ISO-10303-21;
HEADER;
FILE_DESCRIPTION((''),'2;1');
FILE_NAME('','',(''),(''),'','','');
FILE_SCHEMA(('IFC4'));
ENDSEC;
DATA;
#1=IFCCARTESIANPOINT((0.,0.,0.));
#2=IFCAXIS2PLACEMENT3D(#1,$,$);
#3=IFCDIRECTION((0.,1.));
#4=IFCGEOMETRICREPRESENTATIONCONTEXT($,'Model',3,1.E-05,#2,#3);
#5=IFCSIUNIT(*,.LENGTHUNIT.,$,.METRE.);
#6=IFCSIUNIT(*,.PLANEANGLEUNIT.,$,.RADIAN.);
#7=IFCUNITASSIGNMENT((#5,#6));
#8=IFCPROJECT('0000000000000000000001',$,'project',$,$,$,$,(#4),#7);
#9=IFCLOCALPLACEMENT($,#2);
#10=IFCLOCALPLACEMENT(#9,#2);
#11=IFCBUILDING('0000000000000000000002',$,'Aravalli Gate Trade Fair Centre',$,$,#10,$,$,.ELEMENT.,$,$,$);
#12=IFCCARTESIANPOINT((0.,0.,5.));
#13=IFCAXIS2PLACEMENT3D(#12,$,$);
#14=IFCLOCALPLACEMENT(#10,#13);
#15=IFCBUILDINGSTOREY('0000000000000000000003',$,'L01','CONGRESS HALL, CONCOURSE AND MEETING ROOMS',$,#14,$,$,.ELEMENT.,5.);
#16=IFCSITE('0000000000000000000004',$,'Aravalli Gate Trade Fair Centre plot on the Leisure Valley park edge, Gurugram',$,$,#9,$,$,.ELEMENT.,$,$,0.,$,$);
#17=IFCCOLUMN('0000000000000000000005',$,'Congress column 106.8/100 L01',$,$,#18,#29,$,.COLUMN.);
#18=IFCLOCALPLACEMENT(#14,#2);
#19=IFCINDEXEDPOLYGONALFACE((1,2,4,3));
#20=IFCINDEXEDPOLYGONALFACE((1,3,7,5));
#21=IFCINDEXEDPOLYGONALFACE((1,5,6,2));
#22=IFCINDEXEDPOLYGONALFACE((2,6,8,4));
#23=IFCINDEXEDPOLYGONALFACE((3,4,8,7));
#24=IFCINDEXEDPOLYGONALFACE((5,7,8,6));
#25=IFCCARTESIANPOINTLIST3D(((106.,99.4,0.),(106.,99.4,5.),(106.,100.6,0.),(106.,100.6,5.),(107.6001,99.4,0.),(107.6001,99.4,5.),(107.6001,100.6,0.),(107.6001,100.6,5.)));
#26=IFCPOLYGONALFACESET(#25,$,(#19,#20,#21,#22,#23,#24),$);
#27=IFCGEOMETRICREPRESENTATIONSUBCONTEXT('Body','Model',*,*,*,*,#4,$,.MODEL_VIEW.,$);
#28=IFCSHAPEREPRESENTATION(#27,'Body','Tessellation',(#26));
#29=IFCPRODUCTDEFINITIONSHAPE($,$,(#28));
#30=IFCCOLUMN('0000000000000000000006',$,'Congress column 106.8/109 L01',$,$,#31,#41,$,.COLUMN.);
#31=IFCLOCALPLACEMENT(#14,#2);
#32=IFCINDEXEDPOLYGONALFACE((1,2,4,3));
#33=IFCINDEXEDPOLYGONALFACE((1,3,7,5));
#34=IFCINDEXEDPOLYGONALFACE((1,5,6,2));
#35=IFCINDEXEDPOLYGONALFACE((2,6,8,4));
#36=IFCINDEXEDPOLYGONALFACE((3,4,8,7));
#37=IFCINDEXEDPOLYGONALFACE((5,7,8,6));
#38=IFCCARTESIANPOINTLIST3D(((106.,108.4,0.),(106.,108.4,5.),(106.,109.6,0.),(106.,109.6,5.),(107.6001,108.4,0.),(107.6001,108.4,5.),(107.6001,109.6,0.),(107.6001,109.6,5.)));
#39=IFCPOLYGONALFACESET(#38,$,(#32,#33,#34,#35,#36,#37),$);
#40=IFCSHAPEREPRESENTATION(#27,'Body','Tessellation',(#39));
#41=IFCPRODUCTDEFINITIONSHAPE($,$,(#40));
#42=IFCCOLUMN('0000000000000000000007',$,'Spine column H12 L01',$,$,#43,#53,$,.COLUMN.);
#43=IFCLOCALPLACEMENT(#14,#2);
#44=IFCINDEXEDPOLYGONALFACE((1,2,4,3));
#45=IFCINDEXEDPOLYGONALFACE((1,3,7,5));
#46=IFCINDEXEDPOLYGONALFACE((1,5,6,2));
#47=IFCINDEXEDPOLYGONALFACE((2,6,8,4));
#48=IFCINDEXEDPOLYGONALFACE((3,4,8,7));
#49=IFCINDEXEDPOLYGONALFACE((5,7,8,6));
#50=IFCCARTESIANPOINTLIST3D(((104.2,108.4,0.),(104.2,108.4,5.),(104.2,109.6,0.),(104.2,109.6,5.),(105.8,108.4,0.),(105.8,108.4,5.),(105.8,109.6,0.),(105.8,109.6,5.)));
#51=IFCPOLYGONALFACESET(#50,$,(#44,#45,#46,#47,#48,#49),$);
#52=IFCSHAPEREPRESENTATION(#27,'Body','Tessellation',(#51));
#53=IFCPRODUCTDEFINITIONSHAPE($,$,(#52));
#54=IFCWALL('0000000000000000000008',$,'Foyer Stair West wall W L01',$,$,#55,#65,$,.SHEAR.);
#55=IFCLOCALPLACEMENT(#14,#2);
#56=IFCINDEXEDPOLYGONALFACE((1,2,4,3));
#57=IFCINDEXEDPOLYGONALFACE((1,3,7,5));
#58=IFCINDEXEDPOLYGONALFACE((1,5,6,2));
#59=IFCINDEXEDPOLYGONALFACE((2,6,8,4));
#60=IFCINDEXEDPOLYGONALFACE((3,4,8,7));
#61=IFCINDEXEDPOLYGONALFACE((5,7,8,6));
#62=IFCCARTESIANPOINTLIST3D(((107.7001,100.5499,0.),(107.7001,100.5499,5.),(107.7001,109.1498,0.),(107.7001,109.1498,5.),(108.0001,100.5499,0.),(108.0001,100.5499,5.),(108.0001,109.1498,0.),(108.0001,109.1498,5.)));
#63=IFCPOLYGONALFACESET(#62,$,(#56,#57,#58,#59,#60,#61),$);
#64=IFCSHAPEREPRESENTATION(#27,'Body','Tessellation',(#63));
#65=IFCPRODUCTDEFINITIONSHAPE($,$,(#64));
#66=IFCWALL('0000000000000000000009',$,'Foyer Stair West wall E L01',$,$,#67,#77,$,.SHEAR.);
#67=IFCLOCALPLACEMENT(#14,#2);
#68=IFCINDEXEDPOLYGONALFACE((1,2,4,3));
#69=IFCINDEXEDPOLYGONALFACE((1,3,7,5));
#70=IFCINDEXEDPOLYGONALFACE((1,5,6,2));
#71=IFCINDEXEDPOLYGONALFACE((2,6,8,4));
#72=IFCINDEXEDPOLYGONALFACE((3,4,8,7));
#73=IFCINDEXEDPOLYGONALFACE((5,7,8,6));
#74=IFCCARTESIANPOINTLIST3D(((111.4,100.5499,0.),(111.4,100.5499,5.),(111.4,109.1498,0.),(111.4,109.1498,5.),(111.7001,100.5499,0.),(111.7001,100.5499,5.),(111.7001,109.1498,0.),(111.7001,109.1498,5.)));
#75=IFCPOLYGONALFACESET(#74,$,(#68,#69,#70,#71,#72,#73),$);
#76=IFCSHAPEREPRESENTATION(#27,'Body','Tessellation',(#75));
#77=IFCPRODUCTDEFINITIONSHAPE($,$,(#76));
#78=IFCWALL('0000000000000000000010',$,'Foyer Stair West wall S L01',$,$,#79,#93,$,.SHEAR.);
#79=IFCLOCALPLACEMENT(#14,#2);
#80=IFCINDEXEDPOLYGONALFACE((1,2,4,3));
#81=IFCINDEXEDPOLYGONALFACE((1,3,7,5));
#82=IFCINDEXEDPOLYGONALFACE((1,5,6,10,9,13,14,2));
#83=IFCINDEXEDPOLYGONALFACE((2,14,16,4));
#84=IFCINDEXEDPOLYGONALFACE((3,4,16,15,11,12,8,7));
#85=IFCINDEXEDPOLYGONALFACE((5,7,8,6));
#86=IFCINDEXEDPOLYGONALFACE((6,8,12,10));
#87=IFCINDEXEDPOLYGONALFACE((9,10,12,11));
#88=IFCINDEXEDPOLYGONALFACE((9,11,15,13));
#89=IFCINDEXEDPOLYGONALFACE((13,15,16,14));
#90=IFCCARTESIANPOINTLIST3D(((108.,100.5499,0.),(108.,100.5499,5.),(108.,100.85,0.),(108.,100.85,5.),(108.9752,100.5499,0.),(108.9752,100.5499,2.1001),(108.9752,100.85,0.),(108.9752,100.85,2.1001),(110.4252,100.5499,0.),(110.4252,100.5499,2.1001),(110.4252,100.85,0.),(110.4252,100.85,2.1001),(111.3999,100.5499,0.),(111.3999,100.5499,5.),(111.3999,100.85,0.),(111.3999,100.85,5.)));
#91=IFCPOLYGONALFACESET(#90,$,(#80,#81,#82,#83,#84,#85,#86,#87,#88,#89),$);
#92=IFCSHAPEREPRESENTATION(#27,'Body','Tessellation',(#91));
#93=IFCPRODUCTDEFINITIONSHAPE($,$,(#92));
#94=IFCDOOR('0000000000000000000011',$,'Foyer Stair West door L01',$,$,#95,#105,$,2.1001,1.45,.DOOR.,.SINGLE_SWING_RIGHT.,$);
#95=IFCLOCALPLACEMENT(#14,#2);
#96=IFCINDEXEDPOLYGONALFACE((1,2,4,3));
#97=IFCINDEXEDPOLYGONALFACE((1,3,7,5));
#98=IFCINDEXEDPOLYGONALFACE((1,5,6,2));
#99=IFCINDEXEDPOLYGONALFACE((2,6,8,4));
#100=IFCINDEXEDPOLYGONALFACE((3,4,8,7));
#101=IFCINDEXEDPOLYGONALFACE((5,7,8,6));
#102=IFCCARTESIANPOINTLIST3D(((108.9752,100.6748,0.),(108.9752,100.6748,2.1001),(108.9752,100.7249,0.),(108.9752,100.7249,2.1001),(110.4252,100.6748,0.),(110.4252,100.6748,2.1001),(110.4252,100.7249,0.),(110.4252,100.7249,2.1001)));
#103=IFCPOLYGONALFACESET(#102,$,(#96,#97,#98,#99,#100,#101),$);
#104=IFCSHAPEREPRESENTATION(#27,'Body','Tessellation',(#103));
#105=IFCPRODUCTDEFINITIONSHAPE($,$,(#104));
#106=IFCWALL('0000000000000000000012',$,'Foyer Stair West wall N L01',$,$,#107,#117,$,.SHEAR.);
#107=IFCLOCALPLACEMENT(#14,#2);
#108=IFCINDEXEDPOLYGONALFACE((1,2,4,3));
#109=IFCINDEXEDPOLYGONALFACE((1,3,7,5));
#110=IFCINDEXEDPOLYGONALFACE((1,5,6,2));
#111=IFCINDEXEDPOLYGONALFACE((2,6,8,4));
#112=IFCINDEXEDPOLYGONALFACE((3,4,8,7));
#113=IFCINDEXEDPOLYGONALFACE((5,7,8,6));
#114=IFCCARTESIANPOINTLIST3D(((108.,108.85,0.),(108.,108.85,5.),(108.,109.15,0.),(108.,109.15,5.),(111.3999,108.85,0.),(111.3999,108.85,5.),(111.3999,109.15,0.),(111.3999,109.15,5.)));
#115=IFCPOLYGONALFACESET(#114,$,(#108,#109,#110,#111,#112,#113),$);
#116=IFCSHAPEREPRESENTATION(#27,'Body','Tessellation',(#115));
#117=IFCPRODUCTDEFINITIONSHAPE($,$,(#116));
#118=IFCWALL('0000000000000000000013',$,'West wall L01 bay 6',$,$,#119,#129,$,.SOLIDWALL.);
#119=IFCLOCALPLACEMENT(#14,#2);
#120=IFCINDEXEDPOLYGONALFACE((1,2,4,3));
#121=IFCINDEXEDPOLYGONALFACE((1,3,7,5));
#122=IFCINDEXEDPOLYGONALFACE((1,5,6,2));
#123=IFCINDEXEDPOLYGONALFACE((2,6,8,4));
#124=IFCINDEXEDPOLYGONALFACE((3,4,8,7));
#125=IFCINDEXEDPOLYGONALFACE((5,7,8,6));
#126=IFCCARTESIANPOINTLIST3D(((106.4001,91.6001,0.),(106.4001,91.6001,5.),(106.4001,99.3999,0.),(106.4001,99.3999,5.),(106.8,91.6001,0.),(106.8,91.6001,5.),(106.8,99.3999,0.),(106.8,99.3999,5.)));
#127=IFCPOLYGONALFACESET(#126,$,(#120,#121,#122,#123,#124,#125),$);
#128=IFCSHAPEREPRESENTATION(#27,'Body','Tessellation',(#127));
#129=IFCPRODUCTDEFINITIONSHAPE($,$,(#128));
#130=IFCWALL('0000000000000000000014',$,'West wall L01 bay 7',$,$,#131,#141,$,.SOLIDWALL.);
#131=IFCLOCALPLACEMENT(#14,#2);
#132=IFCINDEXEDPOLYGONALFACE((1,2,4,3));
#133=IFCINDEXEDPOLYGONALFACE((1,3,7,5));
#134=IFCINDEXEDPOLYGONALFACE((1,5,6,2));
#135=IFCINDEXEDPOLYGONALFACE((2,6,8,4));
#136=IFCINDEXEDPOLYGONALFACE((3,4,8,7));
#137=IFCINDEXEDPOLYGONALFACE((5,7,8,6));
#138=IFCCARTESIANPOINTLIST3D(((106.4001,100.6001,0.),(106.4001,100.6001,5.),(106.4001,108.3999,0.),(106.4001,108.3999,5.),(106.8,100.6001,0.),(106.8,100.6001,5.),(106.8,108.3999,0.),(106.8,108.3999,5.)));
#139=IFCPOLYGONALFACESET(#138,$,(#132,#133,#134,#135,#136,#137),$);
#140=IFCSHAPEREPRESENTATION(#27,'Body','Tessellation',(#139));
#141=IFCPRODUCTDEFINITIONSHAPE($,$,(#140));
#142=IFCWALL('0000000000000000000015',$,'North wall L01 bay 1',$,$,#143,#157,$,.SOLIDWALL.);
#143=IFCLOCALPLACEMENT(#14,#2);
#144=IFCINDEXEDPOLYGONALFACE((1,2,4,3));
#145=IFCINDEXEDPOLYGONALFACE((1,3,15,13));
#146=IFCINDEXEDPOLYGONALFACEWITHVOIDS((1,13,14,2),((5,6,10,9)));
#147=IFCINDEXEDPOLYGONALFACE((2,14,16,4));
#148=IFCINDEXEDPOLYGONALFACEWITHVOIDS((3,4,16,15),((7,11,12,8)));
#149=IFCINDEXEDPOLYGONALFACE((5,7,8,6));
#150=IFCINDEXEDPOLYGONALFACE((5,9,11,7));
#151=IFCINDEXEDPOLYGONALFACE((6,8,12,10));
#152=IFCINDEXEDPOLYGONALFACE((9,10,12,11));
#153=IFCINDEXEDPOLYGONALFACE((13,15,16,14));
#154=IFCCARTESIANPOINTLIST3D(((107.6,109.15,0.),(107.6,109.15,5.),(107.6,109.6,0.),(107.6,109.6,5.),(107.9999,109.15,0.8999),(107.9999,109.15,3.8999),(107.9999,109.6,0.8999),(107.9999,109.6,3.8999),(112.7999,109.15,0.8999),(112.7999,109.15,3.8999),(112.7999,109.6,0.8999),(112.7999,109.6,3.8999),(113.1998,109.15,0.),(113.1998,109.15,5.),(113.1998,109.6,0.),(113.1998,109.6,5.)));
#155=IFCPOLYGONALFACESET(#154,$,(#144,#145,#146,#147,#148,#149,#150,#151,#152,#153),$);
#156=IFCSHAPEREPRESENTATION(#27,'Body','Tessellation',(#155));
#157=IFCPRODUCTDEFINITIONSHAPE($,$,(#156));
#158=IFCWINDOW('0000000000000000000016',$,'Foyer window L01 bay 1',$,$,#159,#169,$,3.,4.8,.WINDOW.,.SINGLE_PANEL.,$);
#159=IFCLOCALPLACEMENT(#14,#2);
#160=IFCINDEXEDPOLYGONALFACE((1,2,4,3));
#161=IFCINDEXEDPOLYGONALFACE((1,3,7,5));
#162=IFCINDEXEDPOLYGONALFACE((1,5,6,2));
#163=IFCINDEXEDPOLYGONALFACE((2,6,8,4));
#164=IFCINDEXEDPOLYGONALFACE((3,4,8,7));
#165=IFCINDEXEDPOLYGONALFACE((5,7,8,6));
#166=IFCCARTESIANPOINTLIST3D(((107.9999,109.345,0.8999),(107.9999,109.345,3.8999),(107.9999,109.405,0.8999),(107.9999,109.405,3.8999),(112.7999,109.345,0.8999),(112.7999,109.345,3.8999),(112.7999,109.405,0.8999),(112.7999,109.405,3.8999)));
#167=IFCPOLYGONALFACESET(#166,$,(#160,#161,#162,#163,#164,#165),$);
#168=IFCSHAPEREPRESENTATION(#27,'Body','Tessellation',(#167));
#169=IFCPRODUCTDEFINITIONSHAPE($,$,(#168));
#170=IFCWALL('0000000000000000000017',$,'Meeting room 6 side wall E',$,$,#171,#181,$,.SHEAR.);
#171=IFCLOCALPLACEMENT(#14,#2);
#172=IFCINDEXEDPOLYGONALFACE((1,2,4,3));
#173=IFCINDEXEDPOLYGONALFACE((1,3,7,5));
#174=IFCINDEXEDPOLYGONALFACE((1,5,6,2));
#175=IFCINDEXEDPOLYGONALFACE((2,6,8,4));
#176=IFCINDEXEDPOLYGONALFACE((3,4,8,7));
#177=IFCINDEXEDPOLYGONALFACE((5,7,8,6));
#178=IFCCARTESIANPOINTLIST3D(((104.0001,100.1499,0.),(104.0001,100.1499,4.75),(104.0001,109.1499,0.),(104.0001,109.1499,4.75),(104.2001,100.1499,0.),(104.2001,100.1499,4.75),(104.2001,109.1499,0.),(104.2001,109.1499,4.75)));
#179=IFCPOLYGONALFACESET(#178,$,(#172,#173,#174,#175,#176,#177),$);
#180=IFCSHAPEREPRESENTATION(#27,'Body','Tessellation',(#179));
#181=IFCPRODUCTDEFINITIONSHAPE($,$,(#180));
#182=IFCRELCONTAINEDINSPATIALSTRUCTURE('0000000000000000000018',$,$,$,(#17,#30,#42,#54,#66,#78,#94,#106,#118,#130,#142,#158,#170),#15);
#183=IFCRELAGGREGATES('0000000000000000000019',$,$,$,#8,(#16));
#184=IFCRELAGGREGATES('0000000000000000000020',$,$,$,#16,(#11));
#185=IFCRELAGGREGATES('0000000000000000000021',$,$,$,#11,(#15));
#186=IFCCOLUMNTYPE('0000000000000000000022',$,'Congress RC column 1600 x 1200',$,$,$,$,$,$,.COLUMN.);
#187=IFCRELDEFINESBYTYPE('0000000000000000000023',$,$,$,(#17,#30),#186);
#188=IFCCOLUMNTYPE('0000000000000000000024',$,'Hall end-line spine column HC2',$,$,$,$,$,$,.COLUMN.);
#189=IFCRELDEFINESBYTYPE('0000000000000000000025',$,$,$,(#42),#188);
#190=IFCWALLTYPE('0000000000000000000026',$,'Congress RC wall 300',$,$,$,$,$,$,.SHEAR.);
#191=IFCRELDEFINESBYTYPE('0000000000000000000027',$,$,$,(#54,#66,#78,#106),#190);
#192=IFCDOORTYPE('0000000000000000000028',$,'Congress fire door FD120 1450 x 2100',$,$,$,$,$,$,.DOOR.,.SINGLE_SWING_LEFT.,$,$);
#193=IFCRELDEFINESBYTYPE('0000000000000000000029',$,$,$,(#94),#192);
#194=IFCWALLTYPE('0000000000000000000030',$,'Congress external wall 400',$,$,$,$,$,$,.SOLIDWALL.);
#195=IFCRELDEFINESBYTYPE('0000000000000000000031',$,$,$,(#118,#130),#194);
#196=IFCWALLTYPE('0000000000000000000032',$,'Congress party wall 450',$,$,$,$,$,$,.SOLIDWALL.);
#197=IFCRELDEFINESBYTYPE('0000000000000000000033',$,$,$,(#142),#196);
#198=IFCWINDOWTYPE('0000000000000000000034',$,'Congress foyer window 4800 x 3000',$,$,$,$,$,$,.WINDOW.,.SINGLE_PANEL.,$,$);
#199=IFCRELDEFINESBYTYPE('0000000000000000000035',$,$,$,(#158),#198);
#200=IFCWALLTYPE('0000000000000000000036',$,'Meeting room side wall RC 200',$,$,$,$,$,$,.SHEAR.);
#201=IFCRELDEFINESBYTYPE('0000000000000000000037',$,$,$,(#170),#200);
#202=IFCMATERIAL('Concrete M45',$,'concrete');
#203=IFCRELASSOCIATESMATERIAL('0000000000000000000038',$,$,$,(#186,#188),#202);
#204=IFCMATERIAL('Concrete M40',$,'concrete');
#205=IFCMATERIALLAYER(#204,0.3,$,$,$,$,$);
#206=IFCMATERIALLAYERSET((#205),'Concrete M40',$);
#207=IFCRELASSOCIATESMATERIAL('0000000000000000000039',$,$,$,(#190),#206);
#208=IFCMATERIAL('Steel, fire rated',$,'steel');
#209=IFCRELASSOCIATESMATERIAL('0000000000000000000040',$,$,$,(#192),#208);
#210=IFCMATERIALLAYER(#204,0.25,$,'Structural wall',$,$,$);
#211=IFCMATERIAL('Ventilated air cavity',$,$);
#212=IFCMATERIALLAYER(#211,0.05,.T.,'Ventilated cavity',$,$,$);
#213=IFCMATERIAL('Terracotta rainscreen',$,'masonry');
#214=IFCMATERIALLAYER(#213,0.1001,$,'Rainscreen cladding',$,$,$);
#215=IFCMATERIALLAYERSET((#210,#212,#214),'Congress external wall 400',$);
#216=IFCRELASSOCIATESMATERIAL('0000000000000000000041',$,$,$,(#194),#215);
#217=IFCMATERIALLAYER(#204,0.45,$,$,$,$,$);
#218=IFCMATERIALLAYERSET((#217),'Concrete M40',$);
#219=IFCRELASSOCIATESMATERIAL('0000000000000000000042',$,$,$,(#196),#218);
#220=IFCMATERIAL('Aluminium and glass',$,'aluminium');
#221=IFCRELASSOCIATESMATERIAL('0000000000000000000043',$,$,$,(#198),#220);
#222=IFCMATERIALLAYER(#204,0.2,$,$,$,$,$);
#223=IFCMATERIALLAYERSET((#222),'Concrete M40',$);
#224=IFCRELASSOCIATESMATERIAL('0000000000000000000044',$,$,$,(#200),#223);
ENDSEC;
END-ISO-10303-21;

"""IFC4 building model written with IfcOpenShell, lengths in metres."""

from ifc_helpers import new_model, si_unit, direction, frame, frame_2d, origin, origin_2d, place, context, subcontext, project, spatial, rectangle, extrude, material, layer, layer_set, material_profile, profile_set, type_object, element, fill, save


model = new_model("IFC4")

# Units and contexts
model_context = context("Model", 3, precision=1e-05, world=origin(), true_north=direction((0.0, 1.0)))
body_context = subcontext(model_context, "Body", "Model", "MODEL_VIEW")
ifc_project = project(units=[si_unit("LENGTHUNIT", "METRE"), si_unit("PLANEANGLEUNIT", "RADIAN")], contexts=[model_context])

# Site, building, storey
site_placement = place(None, origin())
site = spatial("IfcSite", under=ifc_project, at=site_placement, Name="Aravalli Gate Trade Fair Centre plot on the Leisure Valley park edge, Gurugram", CompositionType="ELEMENT", RefElevation=0.0)
building_placement = place(site_placement, origin())
building = spatial("IfcBuilding", under=site, at=building_placement, Name="Aravalli Gate Trade Fair Centre", CompositionType="ELEMENT")
storey_placement = place(building_placement, frame((0.0, 0.0, 5.0)))
storey = spatial("IfcBuildingStorey", under=building, at=storey_placement, Name="L01", Description="CONGRESS HALL, CONCOURSE AND MEETING ROOMS", CompositionType="ELEMENT", Elevation=5.0)

# Columns
ifc_material_1 = material(Name="Concrete M45", Category="concrete")
ifc_material_profile_1 = material_profile(ifc_material_1, rectangle(XDim=1.6001, YDim=1.2, at=origin_2d()), Name="RC 1600x1200")
ifc_profile_set_1 = profile_set([ifc_material_profile_1], Name="Concrete M45")
column_type_1 = type_object("IfcColumnType", Name="Congress RC column 1600 x 1200", PredefinedType="COLUMN", material=ifc_profile_set_1)
for number, where, z_axis, x_axis, name in (
    (1, (106.8, 100.0, 0.0), (0.0, 0.0, 1.0), (1.0, 0.0, 0.0), "Congress column 106.8/100 L01"),
    (2, (106.8, 109.0, 0.0), (0.0, 0.0, 1.0), (1.0, 0.0, 0.0), "Congress column 106.8/109 L01"),
):
    element("IfcColumn", number, at=place(storey_placement, frame(where, z_axis=z_axis, x_axis=x_axis)), inside=storey, type_object=column_type_1, Name=name, PredefinedType="COLUMN", context=body_context, shape_type="SweptSolid", body=[
        extrude(rectangle(XDim=1.6001, YDim=1.2, at=origin_2d()), origin(), (0.0, 0.0, 1.0), 5.0),
    ])
ifc_material_profile_2 = material_profile(ifc_material_1, rectangle(XDim=1.6001, YDim=1.2, at=origin_2d()), Name="RC 1600x1200")
ifc_profile_set_2 = profile_set([ifc_material_profile_2], Name="Concrete M45")
column_type_2 = type_object("IfcColumnType", Name="Hall end-line spine column HC2", PredefinedType="COLUMN", material=ifc_profile_set_2)
column_placement = place(storey_placement, frame((105.0, 109.0, 0.0), z_axis=(0.0, 0.0, 1.0), x_axis=(1.0, 0.0, 0.0)))
element("IfcColumn", 3, at=column_placement, inside=storey, type_object=column_type_2, Name="Spine column H12 L01", PredefinedType="COLUMN", context=body_context, shape_type="SweptSolid", body=[
    extrude(rectangle(XDim=1.6001, YDim=1.2, at=origin_2d()), origin(), (0.0, 0.0, 1.0), 5.0),
])

# Walls
ifc_material_2 = material(Name="Concrete M40", Category="concrete")
ifc_layer_1 = layer(ifc_material_2, 0.3)
ifc_layer_set_1 = layer_set([ifc_layer_1], Name="Concrete M40")
wall_type_1 = type_object("IfcWallType", Name="Congress RC wall 300", PredefinedType="SHEAR", material=ifc_layer_set_1)
for number, where, z_axis, x_axis, name in (
    (4, (107.8501, 100.55, 0.0), (0.0, 0.0, 1.0), (0.0, 1.0, 0.0), "Foyer Stair West wall W L01"),
    (5, (111.55, 100.55, 0.0), (0.0, 0.0, 1.0), (0.0, 1.0, 0.0), "Foyer Stair West wall E L01"),
):
    element("IfcWall", number, at=place(storey_placement, frame(where, z_axis=z_axis, x_axis=x_axis)), inside=storey, type_object=wall_type_1, Name=name, PredefinedType="SHEAR", context=body_context, shape_type="SweptSolid", body=[
        extrude(rectangle(XDim=8.5999, YDim=0.3, at=frame_2d((4.2998, 0.0))), origin(), (0.0, 0.0, 1.0), 5.0),
    ])

# Wall, opening, door
wall_1_placement = place(storey_placement, frame((108.0, 100.7, 0.0), z_axis=(0.0, 0.0, 1.0), x_axis=(1.0, 0.0, 0.0)))
wall_1 = element("IfcWall", 6, at=wall_1_placement, inside=storey, type_object=wall_type_1, Name="Foyer Stair West wall S L01", PredefinedType="SHEAR", context=body_context, shape_type="SweptSolid", body=[
    extrude(rectangle(XDim=3.3999, YDim=0.3, at=frame_2d((1.7, 0.0))), origin(), (0.0, 0.0, 1.0), 5.0),
])
opening_1_placement = place(wall_1_placement, frame((0.9751, 0.0, 0.0)))
opening_1 = element("IfcOpeningElement", 7, at=opening_1_placement, cuts=wall_1, PredefinedType="OPENING", context=body_context, shape_type="SweptSolid", body=[
    extrude(rectangle(XDim=1.45, YDim=2.1001, at=frame_2d((0.7251, 1.05))), frame((0.0, 0.1599, 0.0), z_axis=(0.0, -1.0, 0.0), x_axis=(1.0, 0.0, 0.0)), (0.0, 0.0, 1.0), 0.3201),
])
ifc_material_3 = material(Name="Steel, fire rated", Category="steel")
door_type = type_object("IfcDoorType", Name="Congress fire door FD120 1450 x 2100", OperationType="SINGLE_SWING_LEFT", PredefinedType="DOOR", material=ifc_material_3)
door_placement = place(opening_1_placement, origin())
door = element("IfcDoor", 8, at=door_placement, inside=storey, type_object=door_type, Name="Foyer Stair West door L01", OperationType="SINGLE_SWING_RIGHT", OverallHeight=2.1001, OverallWidth=1.45, PredefinedType="DOOR", context=body_context, shape_type="SweptSolid", body=[
    extrude(rectangle(XDim=1.45, YDim=2.1001, at=frame_2d((0.7251, 1.05))), frame((0.0, 0.0249, 0.0), z_axis=(0.0, -1.0, 0.0), x_axis=(1.0, 0.0, 0.0)), (0.0, 0.0, 1.0), 0.05),
])
fill(opening_1, door)

# Walls
wall_2_placement = place(storey_placement, frame((108.0, 109.0, 0.0), z_axis=(0.0, 0.0, 1.0), x_axis=(1.0, 0.0, 0.0)))
element("IfcWall", 9, at=wall_2_placement, inside=storey, type_object=wall_type_1, Name="Foyer Stair West wall N L01", PredefinedType="SHEAR", context=body_context, shape_type="SweptSolid", body=[
    extrude(rectangle(XDim=3.3999, YDim=0.3, at=frame_2d((1.7, 0.0))), origin(), (0.0, 0.0, 1.0), 5.0),
])
ifc_layer_2 = layer(ifc_material_2, 0.25, Name="Structural wall")
ifc_material_4 = material(Name="Ventilated air cavity")
ifc_layer_3 = layer(ifc_material_4, 0.05, ventilated=True, Name="Ventilated cavity")
ifc_material_5 = material(Name="Terracotta rainscreen", Category="masonry")
ifc_layer_4 = layer(ifc_material_5, 0.1001, Name="Rainscreen cladding")
ifc_layer_set_2 = layer_set([ifc_layer_2, ifc_layer_3, ifc_layer_4], Name="Congress external wall 400")
wall_type_2 = type_object("IfcWallType", Name="Congress external wall 400", PredefinedType="SOLIDWALL", material=ifc_layer_set_2)
for number, where, z_axis, x_axis, name in (
    (10, (106.6001, 91.6001, 0.0), (0.0, 0.0, 1.0), (0.0, 1.0, 0.0), "West wall L01 bay 6"),
    (11, (106.6001, 100.6001, 0.0), (0.0, 0.0, 1.0), (0.0, 1.0, 0.0), "West wall L01 bay 7"),
):
    element("IfcWall", number, at=place(storey_placement, frame(where, z_axis=z_axis, x_axis=x_axis)), inside=storey, type_object=wall_type_2, Name=name, PredefinedType="SOLIDWALL", context=body_context, shape_type="SweptSolid", body=[
        extrude(rectangle(XDim=7.7998, YDim=0.3999, at=frame_2d((3.8999, 0.0))), origin(), (0.0, 0.0, 1.0), 5.0),
    ])

# Wall, opening, window
ifc_layer_5 = layer(ifc_material_2, 0.45)
ifc_layer_set_3 = layer_set([ifc_layer_5], Name="Concrete M40")
wall_type_3 = type_object("IfcWallType", Name="Congress party wall 450", PredefinedType="SOLIDWALL", material=ifc_layer_set_3)
wall_3_placement = place(storey_placement, frame((107.6001, 109.375, 0.0), z_axis=(0.0, 0.0, 1.0), x_axis=(1.0, 0.0, 0.0)))
wall_3 = element("IfcWall", 12, at=wall_3_placement, inside=storey, type_object=wall_type_3, Name="North wall L01 bay 1", PredefinedType="SOLIDWALL", context=body_context, shape_type="SweptSolid", body=[
    extrude(rectangle(XDim=5.5999, YDim=0.45, at=frame_2d((2.7998, 0.0))), origin(), (0.0, 0.0, 1.0), 5.0),
])
opening_2_placement = place(wall_3_placement, frame((0.3999, 0.0, 0.8999)))
opening_2 = element("IfcOpeningElement", 13, at=opening_2_placement, cuts=wall_3, PredefinedType="OPENING", context=body_context, shape_type="SweptSolid", body=[
    extrude(rectangle(XDim=4.8, YDim=3.0, at=frame_2d((2.3999, 1.5))), frame((0.0, 0.2349, 0.0), z_axis=(0.0, -1.0, 0.0), x_axis=(1.0, 0.0, 0.0)), (0.0, 0.0, 1.0), 0.47),
])
ifc_material_6 = material(Name="Aluminium and glass", Category="aluminium")
window_type = type_object("IfcWindowType", Name="Congress foyer window 4800 x 3000", PartitioningType="SINGLE_PANEL", PredefinedType="WINDOW", material=ifc_material_6)
window_placement = place(opening_2_placement, origin())
window = element("IfcWindow", 14, at=window_placement, inside=storey, type_object=window_type, Name="Foyer window L01 bay 1", OverallHeight=3.0, OverallWidth=4.8, PartitioningType="SINGLE_PANEL", PredefinedType="WINDOW", context=body_context, shape_type="SweptSolid", body=[
    extrude(rectangle(XDim=4.8, YDim=3.0, at=frame_2d((2.3999, 1.5))), frame((0.0, 0.03, 0.0), z_axis=(0.0, -1.0, 0.0), x_axis=(1.0, 0.0, 0.0)), (0.0, 0.0, 1.0), 0.0601),
])
fill(opening_2, window)

# Wall
ifc_layer_6 = layer(ifc_material_2, 0.2)
ifc_layer_set_4 = layer_set([ifc_layer_6], Name="Concrete M40")
wall_type_4 = type_object("IfcWallType", Name="Meeting room side wall RC 200", PredefinedType="SHEAR", material=ifc_layer_set_4)
wall_4_placement = place(storey_placement, frame((104.1001, 100.1499, 0.0), z_axis=(0.0, 0.0, 1.0), x_axis=(0.0, 1.0, 0.0)))
element("IfcWall", 15, at=wall_4_placement, inside=storey, type_object=wall_type_4, Name="Meeting room 6 side wall E", PredefinedType="SHEAR", context=body_context, shape_type="SweptSolid", body=[
    extrude(rectangle(XDim=9.0, YDim=0.2, at=frame_2d((4.5, 0.0))), origin(), (0.0, 0.0, 1.0), 4.75),
])

save(model, "model.ifc")
